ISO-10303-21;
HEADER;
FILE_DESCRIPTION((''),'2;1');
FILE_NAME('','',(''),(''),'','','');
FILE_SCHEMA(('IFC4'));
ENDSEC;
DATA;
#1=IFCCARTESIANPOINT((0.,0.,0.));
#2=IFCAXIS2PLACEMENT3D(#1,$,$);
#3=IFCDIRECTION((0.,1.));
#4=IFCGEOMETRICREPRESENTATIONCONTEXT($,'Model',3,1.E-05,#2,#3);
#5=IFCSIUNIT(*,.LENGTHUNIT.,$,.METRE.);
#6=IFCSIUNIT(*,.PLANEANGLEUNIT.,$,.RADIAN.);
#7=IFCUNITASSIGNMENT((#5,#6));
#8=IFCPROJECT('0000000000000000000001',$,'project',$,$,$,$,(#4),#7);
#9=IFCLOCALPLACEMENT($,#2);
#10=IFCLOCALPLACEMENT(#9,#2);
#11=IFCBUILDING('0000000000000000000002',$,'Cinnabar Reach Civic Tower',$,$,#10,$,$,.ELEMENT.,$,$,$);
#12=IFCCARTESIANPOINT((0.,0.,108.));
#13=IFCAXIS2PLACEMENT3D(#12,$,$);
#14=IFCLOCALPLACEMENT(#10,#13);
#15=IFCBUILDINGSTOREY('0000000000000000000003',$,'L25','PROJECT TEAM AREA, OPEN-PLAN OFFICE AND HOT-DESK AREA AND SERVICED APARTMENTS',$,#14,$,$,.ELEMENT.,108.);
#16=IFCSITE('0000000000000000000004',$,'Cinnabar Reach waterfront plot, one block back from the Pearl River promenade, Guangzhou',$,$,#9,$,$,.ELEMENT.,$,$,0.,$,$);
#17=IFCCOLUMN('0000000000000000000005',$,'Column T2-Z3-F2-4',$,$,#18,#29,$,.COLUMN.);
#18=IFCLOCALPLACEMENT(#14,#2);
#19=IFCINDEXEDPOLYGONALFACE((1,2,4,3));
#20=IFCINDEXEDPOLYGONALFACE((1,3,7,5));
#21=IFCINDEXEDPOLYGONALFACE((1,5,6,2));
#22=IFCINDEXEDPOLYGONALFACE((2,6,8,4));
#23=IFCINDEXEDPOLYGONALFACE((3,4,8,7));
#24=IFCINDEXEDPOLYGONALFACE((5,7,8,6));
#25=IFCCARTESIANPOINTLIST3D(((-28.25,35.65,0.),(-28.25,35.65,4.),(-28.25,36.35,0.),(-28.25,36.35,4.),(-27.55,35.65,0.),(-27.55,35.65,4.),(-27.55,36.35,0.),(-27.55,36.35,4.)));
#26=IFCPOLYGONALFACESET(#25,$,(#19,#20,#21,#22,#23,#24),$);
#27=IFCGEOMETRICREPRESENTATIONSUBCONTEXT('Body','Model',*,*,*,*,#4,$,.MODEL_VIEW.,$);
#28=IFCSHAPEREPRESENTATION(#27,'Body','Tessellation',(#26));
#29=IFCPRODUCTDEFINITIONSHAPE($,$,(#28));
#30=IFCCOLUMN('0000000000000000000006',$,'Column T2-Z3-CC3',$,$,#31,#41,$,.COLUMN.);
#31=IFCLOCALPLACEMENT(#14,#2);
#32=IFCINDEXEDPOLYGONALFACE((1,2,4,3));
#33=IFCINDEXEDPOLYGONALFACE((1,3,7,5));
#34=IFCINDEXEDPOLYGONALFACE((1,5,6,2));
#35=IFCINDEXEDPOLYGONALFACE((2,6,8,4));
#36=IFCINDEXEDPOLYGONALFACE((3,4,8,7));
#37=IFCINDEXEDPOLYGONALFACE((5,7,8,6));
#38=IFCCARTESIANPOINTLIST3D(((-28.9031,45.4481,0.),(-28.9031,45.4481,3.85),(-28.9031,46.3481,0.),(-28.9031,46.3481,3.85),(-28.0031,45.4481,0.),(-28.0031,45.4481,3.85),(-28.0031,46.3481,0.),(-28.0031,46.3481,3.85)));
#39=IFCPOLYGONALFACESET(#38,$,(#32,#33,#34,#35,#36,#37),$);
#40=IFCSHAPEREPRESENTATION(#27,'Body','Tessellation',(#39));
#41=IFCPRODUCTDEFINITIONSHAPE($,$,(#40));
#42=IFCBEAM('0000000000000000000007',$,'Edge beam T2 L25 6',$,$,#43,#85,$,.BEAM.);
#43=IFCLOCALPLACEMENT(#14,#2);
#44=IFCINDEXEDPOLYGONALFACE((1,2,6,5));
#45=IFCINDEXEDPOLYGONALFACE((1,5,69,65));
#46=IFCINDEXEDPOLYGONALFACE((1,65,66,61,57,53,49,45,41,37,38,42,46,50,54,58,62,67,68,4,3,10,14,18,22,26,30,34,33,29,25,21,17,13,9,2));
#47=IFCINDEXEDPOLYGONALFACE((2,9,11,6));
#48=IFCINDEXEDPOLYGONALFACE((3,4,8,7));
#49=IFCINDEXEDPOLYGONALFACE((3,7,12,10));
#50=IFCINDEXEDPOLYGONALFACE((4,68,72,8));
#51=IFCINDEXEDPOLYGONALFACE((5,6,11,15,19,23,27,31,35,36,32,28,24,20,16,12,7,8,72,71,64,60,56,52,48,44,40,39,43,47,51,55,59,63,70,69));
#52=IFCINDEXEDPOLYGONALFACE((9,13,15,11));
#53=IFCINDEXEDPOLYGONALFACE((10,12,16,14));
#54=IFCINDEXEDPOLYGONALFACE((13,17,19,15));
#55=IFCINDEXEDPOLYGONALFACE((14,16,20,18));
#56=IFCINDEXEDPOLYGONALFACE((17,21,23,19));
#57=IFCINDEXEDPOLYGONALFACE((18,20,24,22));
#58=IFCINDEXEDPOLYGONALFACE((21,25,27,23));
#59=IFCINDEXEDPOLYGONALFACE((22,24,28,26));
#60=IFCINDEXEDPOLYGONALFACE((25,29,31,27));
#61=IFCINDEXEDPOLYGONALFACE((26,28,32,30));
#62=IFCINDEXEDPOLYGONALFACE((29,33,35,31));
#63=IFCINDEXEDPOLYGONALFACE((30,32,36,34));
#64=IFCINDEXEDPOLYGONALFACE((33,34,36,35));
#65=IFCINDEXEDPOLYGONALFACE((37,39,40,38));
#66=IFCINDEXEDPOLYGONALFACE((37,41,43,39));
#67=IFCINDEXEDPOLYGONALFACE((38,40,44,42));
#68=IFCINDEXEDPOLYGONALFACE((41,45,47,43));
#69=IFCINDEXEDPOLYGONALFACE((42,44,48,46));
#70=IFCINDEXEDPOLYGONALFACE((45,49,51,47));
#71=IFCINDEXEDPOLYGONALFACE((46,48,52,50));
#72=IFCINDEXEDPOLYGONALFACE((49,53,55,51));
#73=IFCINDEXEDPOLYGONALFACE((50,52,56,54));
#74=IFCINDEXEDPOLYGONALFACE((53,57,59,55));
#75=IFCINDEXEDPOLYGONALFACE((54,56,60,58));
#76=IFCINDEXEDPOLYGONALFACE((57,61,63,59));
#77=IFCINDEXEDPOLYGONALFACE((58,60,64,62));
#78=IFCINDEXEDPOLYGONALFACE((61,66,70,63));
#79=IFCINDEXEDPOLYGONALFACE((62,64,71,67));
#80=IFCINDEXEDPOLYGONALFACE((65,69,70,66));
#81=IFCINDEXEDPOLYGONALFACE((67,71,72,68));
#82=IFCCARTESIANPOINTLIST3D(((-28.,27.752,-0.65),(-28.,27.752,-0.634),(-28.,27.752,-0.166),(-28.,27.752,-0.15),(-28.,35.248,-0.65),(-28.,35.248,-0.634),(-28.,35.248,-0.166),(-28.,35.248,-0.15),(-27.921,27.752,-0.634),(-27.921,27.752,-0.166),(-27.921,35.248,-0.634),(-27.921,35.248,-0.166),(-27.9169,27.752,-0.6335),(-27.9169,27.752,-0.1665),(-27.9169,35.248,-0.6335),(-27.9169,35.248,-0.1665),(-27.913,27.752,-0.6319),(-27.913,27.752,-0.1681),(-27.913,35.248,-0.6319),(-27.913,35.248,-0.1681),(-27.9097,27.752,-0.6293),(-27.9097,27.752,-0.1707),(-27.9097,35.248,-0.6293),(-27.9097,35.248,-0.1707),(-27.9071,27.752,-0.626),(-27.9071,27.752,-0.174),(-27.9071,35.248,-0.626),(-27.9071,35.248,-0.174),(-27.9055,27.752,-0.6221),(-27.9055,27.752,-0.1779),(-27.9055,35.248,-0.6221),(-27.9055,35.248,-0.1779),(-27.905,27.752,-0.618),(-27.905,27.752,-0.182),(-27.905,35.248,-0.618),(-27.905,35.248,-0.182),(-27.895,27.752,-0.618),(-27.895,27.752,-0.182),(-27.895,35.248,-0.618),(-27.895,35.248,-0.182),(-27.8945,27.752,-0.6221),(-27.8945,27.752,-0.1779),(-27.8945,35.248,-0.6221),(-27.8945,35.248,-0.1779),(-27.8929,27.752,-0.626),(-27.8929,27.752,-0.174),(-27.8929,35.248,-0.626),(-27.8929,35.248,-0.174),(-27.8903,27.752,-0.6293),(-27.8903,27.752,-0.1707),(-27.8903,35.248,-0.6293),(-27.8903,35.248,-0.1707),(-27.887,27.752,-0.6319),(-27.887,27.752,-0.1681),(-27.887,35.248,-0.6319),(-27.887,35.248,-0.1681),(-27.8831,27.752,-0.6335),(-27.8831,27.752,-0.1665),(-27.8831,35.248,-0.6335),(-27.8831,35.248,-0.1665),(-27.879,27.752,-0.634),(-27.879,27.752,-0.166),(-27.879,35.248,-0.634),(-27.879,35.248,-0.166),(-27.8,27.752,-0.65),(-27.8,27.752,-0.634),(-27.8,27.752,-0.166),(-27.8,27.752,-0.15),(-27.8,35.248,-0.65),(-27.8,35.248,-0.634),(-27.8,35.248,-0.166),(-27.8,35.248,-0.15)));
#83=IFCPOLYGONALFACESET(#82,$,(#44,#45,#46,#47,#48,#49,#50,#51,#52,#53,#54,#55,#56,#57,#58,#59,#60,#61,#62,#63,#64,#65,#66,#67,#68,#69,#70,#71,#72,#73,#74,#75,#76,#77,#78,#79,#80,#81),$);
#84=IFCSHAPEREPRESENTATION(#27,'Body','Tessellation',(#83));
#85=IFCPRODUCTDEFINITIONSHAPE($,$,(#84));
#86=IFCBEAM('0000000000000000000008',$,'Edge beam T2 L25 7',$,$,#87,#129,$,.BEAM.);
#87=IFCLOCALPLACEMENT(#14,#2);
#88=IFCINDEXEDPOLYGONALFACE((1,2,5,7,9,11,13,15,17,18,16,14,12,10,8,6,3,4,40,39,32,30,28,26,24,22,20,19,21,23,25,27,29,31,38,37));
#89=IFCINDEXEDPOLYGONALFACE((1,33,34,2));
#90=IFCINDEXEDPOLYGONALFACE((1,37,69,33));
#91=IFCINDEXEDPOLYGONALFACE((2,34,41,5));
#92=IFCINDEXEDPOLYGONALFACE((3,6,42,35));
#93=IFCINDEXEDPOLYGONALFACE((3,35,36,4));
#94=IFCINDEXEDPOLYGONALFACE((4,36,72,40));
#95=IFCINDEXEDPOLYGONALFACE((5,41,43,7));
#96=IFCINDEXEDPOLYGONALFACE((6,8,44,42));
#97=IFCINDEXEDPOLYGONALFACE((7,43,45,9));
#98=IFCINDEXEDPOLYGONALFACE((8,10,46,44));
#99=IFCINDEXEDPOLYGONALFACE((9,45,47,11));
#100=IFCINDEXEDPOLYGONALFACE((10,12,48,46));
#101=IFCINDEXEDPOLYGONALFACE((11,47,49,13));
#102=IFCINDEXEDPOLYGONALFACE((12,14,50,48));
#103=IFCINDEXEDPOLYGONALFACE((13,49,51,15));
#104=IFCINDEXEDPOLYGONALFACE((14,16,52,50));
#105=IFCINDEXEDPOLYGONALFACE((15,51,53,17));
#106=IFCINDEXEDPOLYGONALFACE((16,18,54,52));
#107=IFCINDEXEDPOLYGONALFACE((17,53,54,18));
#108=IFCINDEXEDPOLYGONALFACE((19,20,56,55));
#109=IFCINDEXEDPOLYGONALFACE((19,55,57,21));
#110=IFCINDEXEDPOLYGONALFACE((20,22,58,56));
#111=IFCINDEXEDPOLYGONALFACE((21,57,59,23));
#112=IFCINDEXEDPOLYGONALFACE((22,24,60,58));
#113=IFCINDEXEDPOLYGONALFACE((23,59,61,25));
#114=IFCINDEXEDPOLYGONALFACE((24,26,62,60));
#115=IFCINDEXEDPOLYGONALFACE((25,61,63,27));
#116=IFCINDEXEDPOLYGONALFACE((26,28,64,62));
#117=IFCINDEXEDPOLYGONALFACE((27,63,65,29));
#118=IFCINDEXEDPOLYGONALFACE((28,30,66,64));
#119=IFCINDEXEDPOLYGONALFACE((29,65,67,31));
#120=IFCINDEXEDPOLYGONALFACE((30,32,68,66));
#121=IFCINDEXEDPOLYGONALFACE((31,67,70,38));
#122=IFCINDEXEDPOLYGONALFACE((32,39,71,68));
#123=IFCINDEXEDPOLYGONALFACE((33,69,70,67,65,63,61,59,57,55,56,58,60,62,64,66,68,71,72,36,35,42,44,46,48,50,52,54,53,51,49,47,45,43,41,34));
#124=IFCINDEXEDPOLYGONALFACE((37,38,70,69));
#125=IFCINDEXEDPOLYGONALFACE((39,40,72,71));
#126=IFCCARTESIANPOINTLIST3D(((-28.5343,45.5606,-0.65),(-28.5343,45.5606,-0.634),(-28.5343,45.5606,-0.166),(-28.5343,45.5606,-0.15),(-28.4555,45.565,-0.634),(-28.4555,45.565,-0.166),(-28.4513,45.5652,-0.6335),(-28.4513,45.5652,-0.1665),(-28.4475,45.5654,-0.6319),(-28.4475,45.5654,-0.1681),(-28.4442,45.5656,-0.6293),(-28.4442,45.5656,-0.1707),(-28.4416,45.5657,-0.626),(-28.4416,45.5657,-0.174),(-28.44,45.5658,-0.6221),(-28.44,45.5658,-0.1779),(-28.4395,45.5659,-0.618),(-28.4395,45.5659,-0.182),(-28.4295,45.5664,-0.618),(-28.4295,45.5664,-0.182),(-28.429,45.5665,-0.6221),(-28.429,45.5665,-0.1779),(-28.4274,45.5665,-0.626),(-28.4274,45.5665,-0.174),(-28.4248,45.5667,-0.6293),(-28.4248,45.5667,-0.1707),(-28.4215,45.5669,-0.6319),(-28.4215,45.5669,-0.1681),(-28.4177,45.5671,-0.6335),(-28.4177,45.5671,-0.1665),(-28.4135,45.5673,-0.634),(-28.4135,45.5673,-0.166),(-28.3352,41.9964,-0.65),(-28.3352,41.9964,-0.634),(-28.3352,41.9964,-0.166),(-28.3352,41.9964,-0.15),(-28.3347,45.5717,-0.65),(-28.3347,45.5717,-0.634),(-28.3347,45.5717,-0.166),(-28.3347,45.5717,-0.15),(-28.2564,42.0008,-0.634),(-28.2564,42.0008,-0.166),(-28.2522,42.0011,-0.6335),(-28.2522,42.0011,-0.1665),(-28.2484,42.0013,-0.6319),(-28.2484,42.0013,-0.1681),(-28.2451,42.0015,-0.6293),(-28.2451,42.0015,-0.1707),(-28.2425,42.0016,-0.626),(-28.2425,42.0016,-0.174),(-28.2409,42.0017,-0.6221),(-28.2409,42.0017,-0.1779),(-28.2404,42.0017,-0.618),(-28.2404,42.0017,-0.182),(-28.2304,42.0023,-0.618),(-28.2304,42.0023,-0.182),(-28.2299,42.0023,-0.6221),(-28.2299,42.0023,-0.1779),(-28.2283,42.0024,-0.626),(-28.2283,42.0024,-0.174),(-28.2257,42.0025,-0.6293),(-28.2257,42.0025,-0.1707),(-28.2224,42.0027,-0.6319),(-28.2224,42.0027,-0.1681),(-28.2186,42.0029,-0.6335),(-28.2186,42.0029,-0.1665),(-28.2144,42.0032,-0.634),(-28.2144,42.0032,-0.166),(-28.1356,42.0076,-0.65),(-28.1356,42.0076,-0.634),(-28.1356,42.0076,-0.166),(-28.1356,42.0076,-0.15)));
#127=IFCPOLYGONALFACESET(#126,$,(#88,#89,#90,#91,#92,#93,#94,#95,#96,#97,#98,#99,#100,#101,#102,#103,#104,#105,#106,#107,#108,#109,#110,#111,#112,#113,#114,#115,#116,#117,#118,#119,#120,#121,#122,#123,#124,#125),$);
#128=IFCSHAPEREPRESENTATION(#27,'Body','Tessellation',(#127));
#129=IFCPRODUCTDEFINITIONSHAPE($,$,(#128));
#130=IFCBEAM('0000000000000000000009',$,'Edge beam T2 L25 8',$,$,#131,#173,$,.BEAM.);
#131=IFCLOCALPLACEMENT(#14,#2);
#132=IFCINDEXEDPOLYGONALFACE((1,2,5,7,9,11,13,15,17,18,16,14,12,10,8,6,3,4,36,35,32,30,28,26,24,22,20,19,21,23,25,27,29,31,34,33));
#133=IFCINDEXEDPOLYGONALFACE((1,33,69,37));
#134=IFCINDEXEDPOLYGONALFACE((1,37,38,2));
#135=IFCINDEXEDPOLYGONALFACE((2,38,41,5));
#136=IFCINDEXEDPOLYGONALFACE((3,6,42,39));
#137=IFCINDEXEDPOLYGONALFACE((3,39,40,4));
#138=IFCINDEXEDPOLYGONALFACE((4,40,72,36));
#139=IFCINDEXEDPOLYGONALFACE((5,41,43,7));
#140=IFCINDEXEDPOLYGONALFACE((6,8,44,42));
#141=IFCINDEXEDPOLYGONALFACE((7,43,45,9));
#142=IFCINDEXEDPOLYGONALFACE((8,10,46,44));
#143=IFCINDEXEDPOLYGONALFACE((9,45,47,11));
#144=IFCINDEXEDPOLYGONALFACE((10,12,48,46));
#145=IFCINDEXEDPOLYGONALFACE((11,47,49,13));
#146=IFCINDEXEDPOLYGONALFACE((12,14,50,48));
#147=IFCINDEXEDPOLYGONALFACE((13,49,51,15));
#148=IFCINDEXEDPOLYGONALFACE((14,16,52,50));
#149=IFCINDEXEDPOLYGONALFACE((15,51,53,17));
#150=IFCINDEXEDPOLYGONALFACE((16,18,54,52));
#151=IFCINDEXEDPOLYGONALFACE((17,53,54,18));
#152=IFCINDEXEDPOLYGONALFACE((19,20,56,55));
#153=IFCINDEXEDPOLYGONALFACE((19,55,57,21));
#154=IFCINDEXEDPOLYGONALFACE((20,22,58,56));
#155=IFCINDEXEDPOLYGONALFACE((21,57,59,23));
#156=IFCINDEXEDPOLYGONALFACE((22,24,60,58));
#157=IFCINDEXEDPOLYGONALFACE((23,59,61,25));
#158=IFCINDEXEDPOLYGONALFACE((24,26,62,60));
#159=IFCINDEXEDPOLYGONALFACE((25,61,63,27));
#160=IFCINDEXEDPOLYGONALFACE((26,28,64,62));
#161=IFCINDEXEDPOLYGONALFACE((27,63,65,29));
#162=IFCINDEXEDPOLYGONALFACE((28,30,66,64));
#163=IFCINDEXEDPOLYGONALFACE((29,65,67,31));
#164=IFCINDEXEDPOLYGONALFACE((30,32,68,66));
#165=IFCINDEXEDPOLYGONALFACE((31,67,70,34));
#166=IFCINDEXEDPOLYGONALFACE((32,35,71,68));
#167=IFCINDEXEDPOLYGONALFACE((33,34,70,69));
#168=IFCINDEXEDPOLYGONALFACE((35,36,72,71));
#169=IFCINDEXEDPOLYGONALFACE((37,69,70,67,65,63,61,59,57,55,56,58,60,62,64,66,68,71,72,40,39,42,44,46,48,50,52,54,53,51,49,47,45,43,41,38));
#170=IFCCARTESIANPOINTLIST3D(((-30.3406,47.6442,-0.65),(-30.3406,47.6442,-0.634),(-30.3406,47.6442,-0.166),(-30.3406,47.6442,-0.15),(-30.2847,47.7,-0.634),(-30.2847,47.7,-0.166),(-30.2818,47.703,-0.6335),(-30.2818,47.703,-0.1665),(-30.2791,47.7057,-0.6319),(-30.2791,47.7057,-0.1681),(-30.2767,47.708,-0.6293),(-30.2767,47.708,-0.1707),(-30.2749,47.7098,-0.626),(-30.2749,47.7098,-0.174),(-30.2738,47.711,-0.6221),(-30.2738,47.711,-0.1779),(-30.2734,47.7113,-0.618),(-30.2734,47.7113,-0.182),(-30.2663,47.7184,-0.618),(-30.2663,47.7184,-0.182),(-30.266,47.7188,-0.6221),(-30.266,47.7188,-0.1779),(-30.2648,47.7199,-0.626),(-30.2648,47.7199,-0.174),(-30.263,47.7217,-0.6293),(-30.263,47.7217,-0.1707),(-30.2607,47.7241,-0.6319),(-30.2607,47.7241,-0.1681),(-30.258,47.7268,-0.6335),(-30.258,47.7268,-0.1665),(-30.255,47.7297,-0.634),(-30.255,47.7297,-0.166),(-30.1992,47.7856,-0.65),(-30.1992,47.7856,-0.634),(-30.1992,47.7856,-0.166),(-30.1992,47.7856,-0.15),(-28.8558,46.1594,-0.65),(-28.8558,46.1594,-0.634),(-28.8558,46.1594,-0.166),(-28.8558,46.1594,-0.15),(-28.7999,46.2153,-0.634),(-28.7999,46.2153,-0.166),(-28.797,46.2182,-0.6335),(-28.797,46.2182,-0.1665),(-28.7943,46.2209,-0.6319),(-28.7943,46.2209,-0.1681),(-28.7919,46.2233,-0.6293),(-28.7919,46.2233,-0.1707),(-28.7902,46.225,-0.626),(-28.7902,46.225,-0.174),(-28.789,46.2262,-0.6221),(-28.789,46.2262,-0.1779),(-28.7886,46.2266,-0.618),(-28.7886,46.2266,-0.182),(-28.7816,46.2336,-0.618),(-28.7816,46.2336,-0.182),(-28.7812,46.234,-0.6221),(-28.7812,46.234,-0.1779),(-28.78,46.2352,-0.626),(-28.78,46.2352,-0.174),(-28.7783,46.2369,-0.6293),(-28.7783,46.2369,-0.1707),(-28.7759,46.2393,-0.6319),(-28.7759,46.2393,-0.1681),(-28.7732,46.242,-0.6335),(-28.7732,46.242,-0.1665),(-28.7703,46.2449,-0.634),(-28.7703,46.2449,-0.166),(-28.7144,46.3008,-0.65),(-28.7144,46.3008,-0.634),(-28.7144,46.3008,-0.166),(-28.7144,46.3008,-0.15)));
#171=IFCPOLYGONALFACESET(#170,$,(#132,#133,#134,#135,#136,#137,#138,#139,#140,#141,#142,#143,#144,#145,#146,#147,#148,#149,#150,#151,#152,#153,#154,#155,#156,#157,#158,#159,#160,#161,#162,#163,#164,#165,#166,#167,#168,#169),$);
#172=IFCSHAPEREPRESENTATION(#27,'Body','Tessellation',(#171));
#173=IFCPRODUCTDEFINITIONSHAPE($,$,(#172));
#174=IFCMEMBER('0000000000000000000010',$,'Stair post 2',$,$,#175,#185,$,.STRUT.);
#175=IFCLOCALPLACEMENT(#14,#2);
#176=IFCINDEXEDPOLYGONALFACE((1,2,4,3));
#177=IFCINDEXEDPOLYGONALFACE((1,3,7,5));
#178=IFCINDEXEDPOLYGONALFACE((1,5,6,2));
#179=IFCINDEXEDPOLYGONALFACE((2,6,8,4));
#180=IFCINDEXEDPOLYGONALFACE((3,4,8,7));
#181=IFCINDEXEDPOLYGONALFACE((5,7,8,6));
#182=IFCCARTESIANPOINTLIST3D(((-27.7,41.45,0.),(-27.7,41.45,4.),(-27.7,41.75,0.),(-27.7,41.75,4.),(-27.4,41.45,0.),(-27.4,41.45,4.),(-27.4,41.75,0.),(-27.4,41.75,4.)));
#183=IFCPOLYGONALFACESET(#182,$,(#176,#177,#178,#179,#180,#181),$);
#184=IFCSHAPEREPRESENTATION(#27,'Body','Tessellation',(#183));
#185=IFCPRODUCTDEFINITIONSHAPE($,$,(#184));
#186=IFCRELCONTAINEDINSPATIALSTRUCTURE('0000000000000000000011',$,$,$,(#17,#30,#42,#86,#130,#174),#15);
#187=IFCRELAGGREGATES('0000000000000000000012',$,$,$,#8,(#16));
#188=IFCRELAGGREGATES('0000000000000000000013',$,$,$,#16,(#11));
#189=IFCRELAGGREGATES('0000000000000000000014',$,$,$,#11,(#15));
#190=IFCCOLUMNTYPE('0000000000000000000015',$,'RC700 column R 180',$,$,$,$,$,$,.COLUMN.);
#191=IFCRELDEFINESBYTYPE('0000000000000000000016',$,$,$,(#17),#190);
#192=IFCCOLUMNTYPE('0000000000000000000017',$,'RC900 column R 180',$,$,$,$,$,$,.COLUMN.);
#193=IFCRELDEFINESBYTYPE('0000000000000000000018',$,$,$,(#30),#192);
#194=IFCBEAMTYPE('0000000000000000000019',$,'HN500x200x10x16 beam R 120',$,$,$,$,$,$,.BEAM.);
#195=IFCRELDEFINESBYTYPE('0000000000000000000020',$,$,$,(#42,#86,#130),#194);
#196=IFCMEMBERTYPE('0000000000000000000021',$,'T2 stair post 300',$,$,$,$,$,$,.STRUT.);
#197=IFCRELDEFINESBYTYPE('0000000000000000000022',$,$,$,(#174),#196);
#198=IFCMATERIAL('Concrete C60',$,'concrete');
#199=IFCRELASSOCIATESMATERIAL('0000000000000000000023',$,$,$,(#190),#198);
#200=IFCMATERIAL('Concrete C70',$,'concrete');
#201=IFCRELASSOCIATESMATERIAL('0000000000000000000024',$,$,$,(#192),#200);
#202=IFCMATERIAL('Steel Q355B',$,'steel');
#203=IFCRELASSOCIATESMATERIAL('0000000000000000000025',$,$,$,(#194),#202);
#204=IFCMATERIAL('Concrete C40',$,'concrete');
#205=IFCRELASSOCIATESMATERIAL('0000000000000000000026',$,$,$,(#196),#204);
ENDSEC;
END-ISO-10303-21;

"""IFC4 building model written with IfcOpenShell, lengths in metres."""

from ifc_helpers import new_model, si_unit, direction, frame, origin, origin_2d, place, context, subcontext, project, spatial, rectangle, i_section, extrude, material, material_profile, profile_set, type_object, element, save


model = new_model("IFC4")

# Units and contexts
model_context = context("Model", 3, precision=1e-05, world=origin(), true_north=direction((0.0, 1.0)))
body_context = subcontext(model_context, "Body", "Model", "MODEL_VIEW")
ifc_project = project(units=[si_unit("LENGTHUNIT", "METRE"), si_unit("PLANEANGLEUNIT", "RADIAN")], contexts=[model_context])

# Site, building, storey
site_placement = place(None, origin())
site = spatial("IfcSite", under=ifc_project, at=site_placement, Name="Cinnabar Reach waterfront plot, one block back from the Pearl River promenade, Guangzhou", CompositionType="ELEMENT", RefElevation=0.0)
building_placement = place(site_placement, origin())
building = spatial("IfcBuilding", under=site, at=building_placement, Name="Cinnabar Reach Civic Tower", CompositionType="ELEMENT")
storey_placement = place(building_placement, frame((0.0, 0.0, 108.0)))
storey = spatial("IfcBuildingStorey", under=building, at=storey_placement, Name="L25", Description="PROJECT TEAM AREA, OPEN-PLAN OFFICE AND HOT-DESK AREA AND SERVICED APARTMENTS", CompositionType="ELEMENT", Elevation=108.0)

# Columns
ifc_material_1 = material(Name="Concrete C60", Category="concrete")
ifc_material_profile_1 = material_profile(ifc_material_1, rectangle(XDim=0.7, YDim=0.7, at=origin_2d()), Name="RC700")
ifc_profile_set_1 = profile_set([ifc_material_profile_1], Name="Concrete C60")
column_type_1 = type_object("IfcColumnType", Name="RC700 column R 180", PredefinedType="COLUMN", material=ifc_profile_set_1)
column_1_placement = place(storey_placement, frame((-27.9, 36.0, 0.0), z_axis=(0.0, 0.0, 1.0), x_axis=(1.0, 0.0, 0.0)))
element("IfcColumn", 1, at=column_1_placement, inside=storey, type_object=column_type_1, Name="Column T2-Z3-F2-4", PredefinedType="COLUMN", context=body_context, shape_type="SweptSolid", body=[
    extrude(rectangle(XDim=0.7, YDim=0.7, at=origin_2d()), origin(), (0.0, 0.0, 1.0), 4.0),
])
ifc_material_2 = material(Name="Concrete C70", Category="concrete")
ifc_material_profile_2 = material_profile(ifc_material_2, rectangle(XDim=0.9, YDim=0.9, at=origin_2d()), Name="RC900")
ifc_profile_set_2 = profile_set([ifc_material_profile_2], Name="Concrete C70")
column_type_2 = type_object("IfcColumnType", Name="RC900 column R 180", PredefinedType="COLUMN", material=ifc_profile_set_2)
column_2_placement = place(storey_placement, frame((-28.4531, 45.8981, 0.0), z_axis=(0.0, 0.0, 1.0), x_axis=(1.0, 0.0, 0.0)))
element("IfcColumn", 2, at=column_2_placement, inside=storey, type_object=column_type_2, Name="Column T2-Z3-CC3", PredefinedType="COLUMN", context=body_context, shape_type="SweptSolid", body=[
    extrude(rectangle(XDim=0.9, YDim=0.9, at=origin_2d()), origin(), (0.0, 0.0, 1.0), 3.85),
])

# Beams
ifc_material_3 = material(Name="Steel Q355B", Category="steel")
ifc_material_profile_3 = material_profile(ifc_material_3, i_section(OverallWidth=0.2, OverallDepth=0.5, WebThickness=0.01, FlangeThickness=0.016, FilletRadius=0.016, at=origin_2d()), Name="HN500x200x10x16")
ifc_profile_set_3 = profile_set([ifc_material_profile_3], Name="Steel Q355B")
beam_type = type_object("IfcBeamType", Name="HN500x200x10x16 beam R 120", PredefinedType="BEAM", material=ifc_profile_set_3)
beam_1_placement = place(storey_placement, frame((-27.9, 27.752, -0.4), z_axis=(0.0, 1.0, 0.0), x_axis=(-1.0, 0.0, 0.0)))
element("IfcBeam", 3, at=beam_1_placement, inside=storey, type_object=beam_type, Name="Edge beam T2 L25 6", PredefinedType="BEAM", context=body_context, shape_type="SweptSolid", body=[
    extrude(i_section(OverallWidth=0.2, OverallDepth=0.5, WebThickness=0.01, FlangeThickness=0.016, FilletRadius=0.016, at=origin_2d()), origin(), (0.0, 0.0, 1.0), 7.496),
])
beam_2_placement = place(storey_placement, frame((-28.2354, 42.002, -0.4), z_axis=(-0.055776, 0.998443, 0.0), x_axis=(-0.998443, -0.055776, 0.0)))
element("IfcBeam", 4, at=beam_2_placement, inside=storey, type_object=beam_type, Name="Edge beam T2 L25 7", PredefinedType="BEAM", context=body_context, shape_type="SweptSolid", body=[
    extrude(i_section(OverallWidth=0.2, OverallDepth=0.5, WebThickness=0.01, FlangeThickness=0.016, FilletRadius=0.016, at=origin_2d()), origin(), (0.0, 0.0, 1.0), 3.5697),
])
beam_3_placement = place(storey_placement, frame((-28.7851, 46.2301, -0.4), z_axis=(-0.707107, 0.707107, 0.0), x_axis=(-0.707107, -0.707107, 0.0)))
element("IfcBeam", 5, at=beam_3_placement, inside=storey, type_object=beam_type, Name="Edge beam T2 L25 8", PredefinedType="BEAM", context=body_context, shape_type="SweptSolid", body=[
    extrude(i_section(OverallWidth=0.2, OverallDepth=0.5, WebThickness=0.01, FlangeThickness=0.016, FilletRadius=0.016, at=origin_2d()), origin(), (0.0, 0.0, 1.0), 2.0998),
])

# Member
ifc_material_4 = material(Name="Concrete C40", Category="concrete")
ifc_material_profile_4 = material_profile(ifc_material_4, rectangle(XDim=0.3, YDim=0.3, at=origin_2d()), Name="C300")
ifc_profile_set_4 = profile_set([ifc_material_profile_4], Name="Concrete C40")
member_type = type_object("IfcMemberType", Name="T2 stair post 300", PredefinedType="STRUT", material=ifc_profile_set_4)
member_placement = place(storey_placement, frame((-27.55, 41.6, 0.0), z_axis=(0.0, 0.0, 1.0), x_axis=(1.0, 0.0, 0.0)))
element("IfcMember", 6, at=member_placement, inside=storey, type_object=member_type, Name="Stair post 2", PredefinedType="STRUT", context=body_context, shape_type="SweptSolid", body=[
    extrude(rectangle(XDim=0.3, YDim=0.3, at=origin_2d()), origin(), (0.0, 0.0, 1.0), 4.0),
])

save(model, "model.ifc")
